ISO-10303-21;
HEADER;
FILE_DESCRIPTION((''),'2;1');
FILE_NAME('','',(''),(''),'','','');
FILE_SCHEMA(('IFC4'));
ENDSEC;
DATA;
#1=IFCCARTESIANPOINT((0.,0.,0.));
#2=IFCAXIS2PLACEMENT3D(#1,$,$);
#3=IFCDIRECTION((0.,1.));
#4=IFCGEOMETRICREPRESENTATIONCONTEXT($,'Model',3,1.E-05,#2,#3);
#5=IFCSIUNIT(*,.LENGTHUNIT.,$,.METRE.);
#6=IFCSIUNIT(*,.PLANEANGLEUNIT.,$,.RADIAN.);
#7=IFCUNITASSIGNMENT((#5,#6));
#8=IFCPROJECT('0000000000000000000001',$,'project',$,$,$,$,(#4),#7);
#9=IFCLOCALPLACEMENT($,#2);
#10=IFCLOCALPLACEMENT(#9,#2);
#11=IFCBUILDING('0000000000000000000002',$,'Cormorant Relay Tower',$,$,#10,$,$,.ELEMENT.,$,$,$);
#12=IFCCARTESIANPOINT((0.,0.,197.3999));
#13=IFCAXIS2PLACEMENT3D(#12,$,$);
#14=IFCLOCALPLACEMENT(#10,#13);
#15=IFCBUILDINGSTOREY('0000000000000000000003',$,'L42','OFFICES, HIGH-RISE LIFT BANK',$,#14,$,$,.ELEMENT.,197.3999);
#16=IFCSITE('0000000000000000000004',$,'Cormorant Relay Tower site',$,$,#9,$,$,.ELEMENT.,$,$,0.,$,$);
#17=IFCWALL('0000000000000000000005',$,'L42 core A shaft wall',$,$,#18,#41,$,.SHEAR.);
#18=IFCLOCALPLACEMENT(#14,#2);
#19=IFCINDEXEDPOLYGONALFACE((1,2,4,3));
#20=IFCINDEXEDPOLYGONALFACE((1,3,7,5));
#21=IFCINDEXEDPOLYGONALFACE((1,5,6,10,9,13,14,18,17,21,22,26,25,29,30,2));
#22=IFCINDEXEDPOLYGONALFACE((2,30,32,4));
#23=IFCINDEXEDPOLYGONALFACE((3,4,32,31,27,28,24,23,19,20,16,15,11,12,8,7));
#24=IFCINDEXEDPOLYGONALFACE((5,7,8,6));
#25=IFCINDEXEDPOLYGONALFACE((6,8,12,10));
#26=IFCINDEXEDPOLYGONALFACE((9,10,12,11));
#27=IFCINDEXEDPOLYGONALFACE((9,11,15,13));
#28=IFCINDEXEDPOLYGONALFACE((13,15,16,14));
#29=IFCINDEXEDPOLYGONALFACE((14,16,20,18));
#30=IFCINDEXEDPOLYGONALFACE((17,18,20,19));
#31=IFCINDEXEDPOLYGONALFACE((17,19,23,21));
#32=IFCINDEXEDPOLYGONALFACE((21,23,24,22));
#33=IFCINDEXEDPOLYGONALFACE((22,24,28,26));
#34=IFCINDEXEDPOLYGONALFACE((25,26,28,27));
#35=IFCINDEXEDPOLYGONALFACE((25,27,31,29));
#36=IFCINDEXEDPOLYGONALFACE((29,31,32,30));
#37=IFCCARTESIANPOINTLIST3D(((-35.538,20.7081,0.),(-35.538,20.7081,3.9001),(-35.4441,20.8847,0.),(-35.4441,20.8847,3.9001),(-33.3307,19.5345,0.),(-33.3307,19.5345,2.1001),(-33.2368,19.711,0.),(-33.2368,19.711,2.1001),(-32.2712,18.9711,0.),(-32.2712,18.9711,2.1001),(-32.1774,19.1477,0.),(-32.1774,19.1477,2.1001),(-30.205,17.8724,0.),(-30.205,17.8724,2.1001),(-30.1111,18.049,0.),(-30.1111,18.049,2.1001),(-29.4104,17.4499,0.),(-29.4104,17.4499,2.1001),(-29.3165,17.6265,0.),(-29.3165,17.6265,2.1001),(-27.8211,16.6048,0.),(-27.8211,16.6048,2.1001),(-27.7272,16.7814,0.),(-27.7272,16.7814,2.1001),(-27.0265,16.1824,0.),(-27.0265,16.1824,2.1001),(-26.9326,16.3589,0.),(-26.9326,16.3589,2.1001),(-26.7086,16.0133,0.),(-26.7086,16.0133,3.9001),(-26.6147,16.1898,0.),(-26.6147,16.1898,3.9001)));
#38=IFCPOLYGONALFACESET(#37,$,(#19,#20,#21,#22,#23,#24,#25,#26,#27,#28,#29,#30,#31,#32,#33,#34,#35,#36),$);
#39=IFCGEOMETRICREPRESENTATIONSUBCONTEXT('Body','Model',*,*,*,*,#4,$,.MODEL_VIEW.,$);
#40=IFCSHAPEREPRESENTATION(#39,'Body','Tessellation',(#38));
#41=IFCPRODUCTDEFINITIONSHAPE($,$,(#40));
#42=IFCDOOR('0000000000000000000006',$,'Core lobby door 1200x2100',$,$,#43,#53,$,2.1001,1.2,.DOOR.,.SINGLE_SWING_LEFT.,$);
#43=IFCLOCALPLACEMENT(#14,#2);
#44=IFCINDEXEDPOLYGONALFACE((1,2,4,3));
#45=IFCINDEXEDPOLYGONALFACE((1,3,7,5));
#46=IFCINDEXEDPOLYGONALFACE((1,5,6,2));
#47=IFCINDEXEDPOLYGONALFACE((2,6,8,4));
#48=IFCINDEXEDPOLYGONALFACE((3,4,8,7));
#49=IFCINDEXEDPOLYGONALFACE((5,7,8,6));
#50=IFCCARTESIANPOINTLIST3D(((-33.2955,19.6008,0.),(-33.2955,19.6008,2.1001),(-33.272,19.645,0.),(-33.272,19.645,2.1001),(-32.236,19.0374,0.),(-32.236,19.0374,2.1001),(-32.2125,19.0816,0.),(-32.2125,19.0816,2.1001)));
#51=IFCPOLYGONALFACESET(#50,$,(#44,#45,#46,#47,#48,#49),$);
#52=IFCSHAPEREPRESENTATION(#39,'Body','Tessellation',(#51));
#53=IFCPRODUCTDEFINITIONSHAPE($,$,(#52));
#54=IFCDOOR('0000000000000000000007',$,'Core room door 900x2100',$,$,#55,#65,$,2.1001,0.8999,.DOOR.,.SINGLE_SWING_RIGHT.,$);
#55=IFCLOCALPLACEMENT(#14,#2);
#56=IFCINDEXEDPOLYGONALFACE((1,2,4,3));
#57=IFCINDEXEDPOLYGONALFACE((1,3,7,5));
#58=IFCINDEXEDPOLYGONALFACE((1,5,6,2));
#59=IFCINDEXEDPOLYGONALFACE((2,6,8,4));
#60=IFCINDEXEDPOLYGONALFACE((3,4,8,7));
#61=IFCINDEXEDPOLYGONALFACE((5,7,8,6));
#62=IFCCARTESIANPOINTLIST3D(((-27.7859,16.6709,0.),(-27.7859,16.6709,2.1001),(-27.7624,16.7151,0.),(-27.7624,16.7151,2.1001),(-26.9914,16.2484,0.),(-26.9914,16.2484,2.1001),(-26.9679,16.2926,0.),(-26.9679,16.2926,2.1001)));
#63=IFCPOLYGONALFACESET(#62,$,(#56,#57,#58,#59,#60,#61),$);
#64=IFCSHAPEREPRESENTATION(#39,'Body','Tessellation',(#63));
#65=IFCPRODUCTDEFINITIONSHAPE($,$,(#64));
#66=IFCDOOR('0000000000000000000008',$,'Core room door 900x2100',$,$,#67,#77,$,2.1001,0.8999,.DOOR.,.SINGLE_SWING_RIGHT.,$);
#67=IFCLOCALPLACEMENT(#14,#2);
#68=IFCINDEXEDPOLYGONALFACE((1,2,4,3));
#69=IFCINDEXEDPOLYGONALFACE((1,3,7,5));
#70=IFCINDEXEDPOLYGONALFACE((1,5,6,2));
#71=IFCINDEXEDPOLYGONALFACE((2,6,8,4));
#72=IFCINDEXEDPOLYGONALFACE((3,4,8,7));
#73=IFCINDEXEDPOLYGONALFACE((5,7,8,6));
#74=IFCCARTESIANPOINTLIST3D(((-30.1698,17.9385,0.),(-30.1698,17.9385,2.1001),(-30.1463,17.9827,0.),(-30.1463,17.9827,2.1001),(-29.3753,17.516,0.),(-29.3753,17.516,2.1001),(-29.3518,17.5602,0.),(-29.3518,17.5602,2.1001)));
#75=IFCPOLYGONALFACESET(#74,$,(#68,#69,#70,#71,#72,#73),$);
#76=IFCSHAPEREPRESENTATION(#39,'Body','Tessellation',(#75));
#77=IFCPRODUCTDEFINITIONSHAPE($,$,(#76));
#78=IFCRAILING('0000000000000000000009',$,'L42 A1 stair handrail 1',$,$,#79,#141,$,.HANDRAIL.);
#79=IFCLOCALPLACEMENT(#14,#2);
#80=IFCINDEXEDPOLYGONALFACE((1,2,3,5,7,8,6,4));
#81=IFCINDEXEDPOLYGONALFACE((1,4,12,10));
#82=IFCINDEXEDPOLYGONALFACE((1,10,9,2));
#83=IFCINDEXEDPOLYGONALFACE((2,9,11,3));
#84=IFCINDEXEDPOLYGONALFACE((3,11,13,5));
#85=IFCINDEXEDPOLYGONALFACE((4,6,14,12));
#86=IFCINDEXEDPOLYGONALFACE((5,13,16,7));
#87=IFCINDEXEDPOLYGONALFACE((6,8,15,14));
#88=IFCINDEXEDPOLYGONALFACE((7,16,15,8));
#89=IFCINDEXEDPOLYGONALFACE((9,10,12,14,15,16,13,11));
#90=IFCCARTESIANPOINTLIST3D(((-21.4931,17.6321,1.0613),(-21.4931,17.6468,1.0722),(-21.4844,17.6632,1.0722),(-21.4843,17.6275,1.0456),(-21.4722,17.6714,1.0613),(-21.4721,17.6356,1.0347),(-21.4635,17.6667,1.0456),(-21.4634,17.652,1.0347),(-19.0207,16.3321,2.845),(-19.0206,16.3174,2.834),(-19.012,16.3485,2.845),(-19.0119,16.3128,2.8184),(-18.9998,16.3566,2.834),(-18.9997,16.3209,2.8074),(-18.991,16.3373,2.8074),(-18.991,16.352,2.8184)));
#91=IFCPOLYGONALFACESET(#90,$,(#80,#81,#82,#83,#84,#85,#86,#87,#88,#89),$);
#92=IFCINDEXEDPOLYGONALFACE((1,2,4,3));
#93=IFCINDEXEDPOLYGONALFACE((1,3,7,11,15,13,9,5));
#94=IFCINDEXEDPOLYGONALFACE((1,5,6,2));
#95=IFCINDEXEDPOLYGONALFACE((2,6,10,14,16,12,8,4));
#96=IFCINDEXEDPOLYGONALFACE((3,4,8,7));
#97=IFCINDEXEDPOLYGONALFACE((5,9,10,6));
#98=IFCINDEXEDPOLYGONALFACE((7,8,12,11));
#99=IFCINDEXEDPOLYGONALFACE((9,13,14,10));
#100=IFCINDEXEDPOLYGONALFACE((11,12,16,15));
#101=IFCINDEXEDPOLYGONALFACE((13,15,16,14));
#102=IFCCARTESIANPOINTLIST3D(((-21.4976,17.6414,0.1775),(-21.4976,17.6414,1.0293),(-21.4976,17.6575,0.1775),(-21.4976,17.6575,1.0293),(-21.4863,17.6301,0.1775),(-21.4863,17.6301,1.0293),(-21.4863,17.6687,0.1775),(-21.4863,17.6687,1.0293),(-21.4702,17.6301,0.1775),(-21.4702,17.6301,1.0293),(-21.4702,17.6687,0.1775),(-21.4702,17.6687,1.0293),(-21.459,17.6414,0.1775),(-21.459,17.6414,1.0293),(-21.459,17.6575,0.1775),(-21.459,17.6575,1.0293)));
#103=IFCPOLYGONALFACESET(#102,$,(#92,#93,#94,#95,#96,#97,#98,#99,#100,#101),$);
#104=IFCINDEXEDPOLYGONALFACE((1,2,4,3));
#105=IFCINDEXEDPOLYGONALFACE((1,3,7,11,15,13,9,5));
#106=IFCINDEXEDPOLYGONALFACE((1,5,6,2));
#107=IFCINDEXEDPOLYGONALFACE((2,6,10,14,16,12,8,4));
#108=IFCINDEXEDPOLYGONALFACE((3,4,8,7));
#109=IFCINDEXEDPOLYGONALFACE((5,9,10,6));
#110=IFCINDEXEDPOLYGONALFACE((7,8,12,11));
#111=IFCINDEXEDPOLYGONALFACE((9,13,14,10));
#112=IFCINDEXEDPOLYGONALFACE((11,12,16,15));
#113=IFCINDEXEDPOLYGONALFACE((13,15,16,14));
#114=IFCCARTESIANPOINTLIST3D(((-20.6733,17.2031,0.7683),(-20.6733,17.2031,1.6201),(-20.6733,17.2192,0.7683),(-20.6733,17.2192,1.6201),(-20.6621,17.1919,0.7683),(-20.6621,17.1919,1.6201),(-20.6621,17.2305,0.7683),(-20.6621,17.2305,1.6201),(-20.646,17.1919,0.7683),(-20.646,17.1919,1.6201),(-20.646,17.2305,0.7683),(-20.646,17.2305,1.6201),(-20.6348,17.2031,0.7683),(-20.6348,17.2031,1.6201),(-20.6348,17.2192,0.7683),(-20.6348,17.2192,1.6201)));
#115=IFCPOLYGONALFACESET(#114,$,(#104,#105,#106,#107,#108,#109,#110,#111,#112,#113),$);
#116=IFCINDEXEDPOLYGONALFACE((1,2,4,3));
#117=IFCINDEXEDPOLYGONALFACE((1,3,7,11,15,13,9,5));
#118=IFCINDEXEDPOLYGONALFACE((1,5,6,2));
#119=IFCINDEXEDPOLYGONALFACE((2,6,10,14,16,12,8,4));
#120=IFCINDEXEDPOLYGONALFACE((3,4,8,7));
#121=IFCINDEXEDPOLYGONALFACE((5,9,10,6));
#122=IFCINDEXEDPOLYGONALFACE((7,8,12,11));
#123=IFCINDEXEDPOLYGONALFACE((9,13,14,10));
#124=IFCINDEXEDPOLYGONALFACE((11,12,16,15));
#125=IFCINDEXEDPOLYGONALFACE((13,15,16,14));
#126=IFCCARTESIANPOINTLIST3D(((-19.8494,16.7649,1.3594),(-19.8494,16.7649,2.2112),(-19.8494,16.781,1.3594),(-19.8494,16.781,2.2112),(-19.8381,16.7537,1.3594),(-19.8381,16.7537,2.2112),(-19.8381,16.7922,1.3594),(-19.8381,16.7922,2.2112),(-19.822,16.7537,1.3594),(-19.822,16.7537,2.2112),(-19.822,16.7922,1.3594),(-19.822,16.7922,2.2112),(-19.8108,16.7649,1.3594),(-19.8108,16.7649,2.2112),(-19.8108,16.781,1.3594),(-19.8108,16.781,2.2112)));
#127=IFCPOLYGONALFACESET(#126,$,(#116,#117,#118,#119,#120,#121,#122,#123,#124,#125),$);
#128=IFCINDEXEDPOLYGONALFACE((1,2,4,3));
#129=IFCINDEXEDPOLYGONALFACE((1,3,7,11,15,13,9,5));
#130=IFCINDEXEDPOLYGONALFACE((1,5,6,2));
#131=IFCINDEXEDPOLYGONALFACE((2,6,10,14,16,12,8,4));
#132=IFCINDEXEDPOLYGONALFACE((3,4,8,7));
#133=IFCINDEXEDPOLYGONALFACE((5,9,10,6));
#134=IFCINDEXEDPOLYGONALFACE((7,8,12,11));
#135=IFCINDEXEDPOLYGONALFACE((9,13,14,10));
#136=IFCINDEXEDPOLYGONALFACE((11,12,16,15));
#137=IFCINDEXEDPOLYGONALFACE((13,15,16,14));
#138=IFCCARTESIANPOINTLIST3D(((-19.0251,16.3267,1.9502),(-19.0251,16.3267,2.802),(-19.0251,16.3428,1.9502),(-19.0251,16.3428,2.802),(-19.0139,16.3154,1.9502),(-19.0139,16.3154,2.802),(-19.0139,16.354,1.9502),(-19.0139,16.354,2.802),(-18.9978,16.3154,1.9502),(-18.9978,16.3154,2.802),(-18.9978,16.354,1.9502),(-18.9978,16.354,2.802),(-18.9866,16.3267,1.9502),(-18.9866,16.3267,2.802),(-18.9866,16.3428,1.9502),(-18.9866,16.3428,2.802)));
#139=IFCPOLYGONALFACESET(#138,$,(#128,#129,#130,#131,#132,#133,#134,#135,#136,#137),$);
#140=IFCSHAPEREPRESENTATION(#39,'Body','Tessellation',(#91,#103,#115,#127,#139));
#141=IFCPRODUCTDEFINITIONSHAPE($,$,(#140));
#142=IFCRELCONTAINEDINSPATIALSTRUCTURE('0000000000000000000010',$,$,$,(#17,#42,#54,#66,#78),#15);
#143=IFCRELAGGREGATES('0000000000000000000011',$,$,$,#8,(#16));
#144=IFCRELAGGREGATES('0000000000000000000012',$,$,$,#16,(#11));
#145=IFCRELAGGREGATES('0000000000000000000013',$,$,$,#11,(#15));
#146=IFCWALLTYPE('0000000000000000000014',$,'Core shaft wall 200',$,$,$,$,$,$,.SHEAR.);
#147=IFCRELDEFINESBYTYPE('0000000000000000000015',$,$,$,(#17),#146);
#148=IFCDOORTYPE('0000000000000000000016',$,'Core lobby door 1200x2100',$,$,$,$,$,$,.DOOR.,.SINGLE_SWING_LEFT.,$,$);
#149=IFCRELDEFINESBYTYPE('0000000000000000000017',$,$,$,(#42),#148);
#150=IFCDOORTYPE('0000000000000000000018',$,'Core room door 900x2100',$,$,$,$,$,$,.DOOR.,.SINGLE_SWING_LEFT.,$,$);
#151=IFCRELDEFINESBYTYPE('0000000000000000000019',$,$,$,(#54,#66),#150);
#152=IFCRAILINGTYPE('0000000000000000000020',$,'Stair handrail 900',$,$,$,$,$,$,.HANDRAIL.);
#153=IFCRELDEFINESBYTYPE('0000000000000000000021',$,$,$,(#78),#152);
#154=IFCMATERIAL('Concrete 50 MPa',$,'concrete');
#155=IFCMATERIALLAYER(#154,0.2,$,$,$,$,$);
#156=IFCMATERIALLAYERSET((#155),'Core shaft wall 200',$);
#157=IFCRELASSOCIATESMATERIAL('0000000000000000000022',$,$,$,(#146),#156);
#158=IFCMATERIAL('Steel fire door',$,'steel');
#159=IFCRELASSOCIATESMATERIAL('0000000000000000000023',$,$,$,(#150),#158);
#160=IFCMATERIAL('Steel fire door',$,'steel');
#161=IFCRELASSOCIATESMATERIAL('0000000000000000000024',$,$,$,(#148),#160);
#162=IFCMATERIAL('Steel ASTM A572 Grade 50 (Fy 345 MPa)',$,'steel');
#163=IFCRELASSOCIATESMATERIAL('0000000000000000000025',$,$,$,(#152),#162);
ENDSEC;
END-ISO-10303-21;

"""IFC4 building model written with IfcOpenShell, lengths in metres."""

from ifc_helpers import new_model, si_unit, direction, frame, frame_2d, origin, place, context, subcontext, project, spatial, polyline, rectangle, outline, extrude, material, layer, layer_set, type_object, element, fill, save


model = new_model("IFC4")

# Units and contexts
model_context = context("Model", 3, precision=1e-05, world=origin(), true_north=direction((0.0, 1.0)))
body_context = subcontext(model_context, "Body", "Model", "MODEL_VIEW")
ifc_project = project(units=[si_unit("LENGTHUNIT", "METRE"), si_unit("PLANEANGLEUNIT", "RADIAN")], contexts=[model_context])

# Site, building, storey
site_placement = place(None, origin())
site = spatial("IfcSite", under=ifc_project, at=site_placement, Name="Cormorant Relay Tower site", CompositionType="ELEMENT", RefElevation=0.0)
building_placement = place(site_placement, origin())
building = spatial("IfcBuilding", under=site, at=building_placement, Name="Cormorant Relay Tower", CompositionType="ELEMENT")
storey_placement = place(building_placement, frame((0.0, 0.0, 197.3999)))
storey = spatial("IfcBuildingStorey", under=building, at=storey_placement, Name="L42", Description="OFFICES, HIGH-RISE LIFT BANK", CompositionType="ELEMENT", Elevation=197.3999)

# Shared definitions
ifc_material_1 = material(Name="Concrete 50 MPa", Category="concrete")
ifc_layer_1 = layer(ifc_material_1, 0.2)
ifc_layer_set_1 = layer_set([ifc_layer_1], Name="Core shaft wall 200")
wall_type_1 = type_object("IfcWallType", Name="Core shaft wall 200", PredefinedType="SHEAR", material=ifc_layer_set_1)
ifc_material_2 = material(Name="Steel fire door", Category="steel")
door_type_1 = type_object("IfcDoorType", Name="Core room door 900x2100", OperationType="SINGLE_SWING_LEFT", PredefinedType="DOOR", material=ifc_material_2)

# Wall, openings, doors
wall_1_placement = place(storey_placement, frame((-26.6616, 16.1016, 0.0), z_axis=(0.0, 0.0, 1.0), x_axis=(-0.88294, 0.469485, 0.0)))
wall_1 = element("IfcWall", 1, at=wall_1_placement, inside=storey, type_object=wall_type_1, Name="L42 core A shaft wall", PredefinedType="SHEAR", context=body_context, shape_type="SweptSolid", body=[
    extrude(rectangle(XDim=10.0, YDim=0.2, at=frame_2d((5.0, 0.0))), origin(), (0.0, 0.0, 1.0), 3.9001),
])
opening_1_placement = place(wall_1_placement, frame((6.3, 0.0, 0.0)))
opening_1 = element("IfcOpeningElement", 2, at=opening_1_placement, cuts=wall_1, PredefinedType="OPENING", context=body_context, shape_type="SweptSolid", body=[
    extrude(rectangle(XDim=1.2, YDim=2.1001, at=frame_2d((0.6001, 1.05))), frame((0.0, 0.1099, 0.0), z_axis=(0.0, -1.0, 0.0), x_axis=(1.0, 0.0, 0.0)), (0.0, 0.0, 1.0), 0.22),
])
opening_2_placement = place(wall_1_placement, frame((0.3601, 0.0, 0.0)))
opening_2 = element("IfcOpeningElement", 3, at=opening_2_placement, cuts=wall_1, PredefinedType="OPENING", context=body_context, shape_type="SweptSolid", body=[
    extrude(rectangle(XDim=0.8999, YDim=2.1001, at=frame_2d((0.45, 1.05))), frame((0.0, 0.1099, 0.0), z_axis=(0.0, -1.0, 0.0), x_axis=(1.0, 0.0, 0.0)), (0.0, 0.0, 1.0), 0.22),
])
opening_3_placement = place(wall_1_placement, frame((3.0601, 0.0, 0.0)))
opening_3 = element("IfcOpeningElement", 4, at=opening_3_placement, cuts=wall_1, PredefinedType="OPENING", context=body_context, shape_type="SweptSolid", body=[
    extrude(rectangle(XDim=0.8999, YDim=2.1001, at=frame_2d((0.45, 1.05))), frame((0.0, 0.1099, 0.0), z_axis=(0.0, -1.0, 0.0), x_axis=(1.0, 0.0, 0.0)), (0.0, 0.0, 1.0), 0.22),
])
ifc_material_3 = material(Name="Steel fire door", Category="steel")
door_type_2 = type_object("IfcDoorType", Name="Core lobby door 1200x2100", OperationType="SINGLE_SWING_LEFT", PredefinedType="DOOR", material=ifc_material_3)
door_1_placement = place(opening_1_placement, origin())
door_1 = element("IfcDoor", 5, at=door_1_placement, inside=storey, type_object=door_type_2, Name="Core lobby door 1200x2100", OperationType="SINGLE_SWING_LEFT", OverallHeight=2.1001, OverallWidth=1.2, PredefinedType="DOOR", context=body_context, shape_type="SweptSolid", body=[
    extrude(rectangle(XDim=1.2, YDim=2.1001, at=frame_2d((0.6001, 1.05))), frame((0.0, 0.0249, 0.0), z_axis=(0.0, -1.0, 0.0), x_axis=(1.0, 0.0, 0.0)), (0.0, 0.0, 1.0), 0.05),
])
fill(opening_1, door_1)
door_2_placement = place(opening_2_placement, frame((0.8999, 0.0, 0.0), z_axis=(0.0, 0.0, 1.0), x_axis=(-1.0, 0.0, 0.0)))
door_2 = element("IfcDoor", 6, at=door_2_placement, inside=storey, type_object=door_type_1, Name="Core room door 900x2100", OperationType="SINGLE_SWING_RIGHT", OverallHeight=2.1001, OverallWidth=0.8999, PredefinedType="DOOR", context=body_context, shape_type="SweptSolid", body=[
    extrude(rectangle(XDim=0.8999, YDim=2.1001, at=frame_2d((0.45, 1.05))), frame((0.0, 0.0249, 0.0), z_axis=(0.0, -1.0, 0.0), x_axis=(1.0, 0.0, 0.0)), (0.0, 0.0, 1.0), 0.05),
])
fill(opening_2, door_2)
door_3_placement = place(opening_3_placement, frame((0.8999, 0.0, 0.0), z_axis=(0.0, 0.0, 1.0), x_axis=(-1.0, 0.0, 0.0)))
door_3 = element("IfcDoor", 7, at=door_3_placement, inside=storey, type_object=door_type_1, Name="Core room door 900x2100", OperationType="SINGLE_SWING_RIGHT", OverallHeight=2.1001, OverallWidth=0.8999, PredefinedType="DOOR", context=body_context, shape_type="SweptSolid", body=[
    extrude(rectangle(XDim=0.8999, YDim=2.1001, at=frame_2d((0.45, 1.05))), frame((0.0, 0.0249, 0.0), z_axis=(0.0, -1.0, 0.0), x_axis=(1.0, 0.0, 0.0)), (0.0, 0.0, 1.0), 0.05),
])
fill(opening_3, door_3)

# Railing
ifc_material_4 = material(Name="Steel ASTM A572 Grade 50 (Fy 345 MPa)", Category="steel")
railing_type = type_object("IfcRailingType", Name="Stair handrail 900", PredefinedType="HANDRAIL", material=ifc_material_4)
railing_placement = place(storey_placement, frame((-21.4783, 17.6494, 0.1775)))
element("IfcRailing", 8, at=railing_placement, inside=storey, type_object=railing_type, Name="L42 A1 stair handrail 1", PredefinedType="HANDRAIL", context=body_context, shape_type="SweptSolid", body=[
    extrude(outline(polyline([(0.0222, 0.0093), (0.0093, 0.0222), (-0.0093, 0.0222), (-0.0222, 0.0093), (-0.0222, -0.0093), (-0.0093, -0.0222), (0.0093, -0.0222), (0.0222, -0.0093), (0.0222, 0.0093)])), frame((0.0, 0.0, 0.876), z_axis=(0.746012, -0.39669, 0.534886), x_axis=(0.469497, 0.882934, 0.0)), (0.0, 0.0, 1.0), 3.3142),
    extrude(outline(polyline([(0.0193, 0.0081), (0.0081, 0.0193), (-0.0081, 0.0193), (-0.0193, 0.0081), (-0.0193, -0.0081), (-0.0081, -0.0193), (0.0081, -0.0193), (0.0193, -0.0081), (0.0193, 0.0081)])), origin(), (0.0, 0.0, 1.0), 0.8518),
    extrude(outline(polyline([(0.0193, 0.0081), (0.0081, 0.0193), (-0.0081, 0.0193), (-0.0193, 0.0081), (-0.0193, -0.0081), (-0.0081, -0.0193), (0.0081, -0.0193), (0.0193, -0.0081), (0.0193, 0.0081)])), frame((0.8242, -0.4382, 0.5908)), (0.0, 0.0, 1.0), 0.8518),
    extrude(outline(polyline([(0.0193, 0.0081), (0.0081, 0.0193), (-0.0081, 0.0193), (-0.0193, 0.0081), (-0.0193, -0.0081), (-0.0081, -0.0193), (0.0081, -0.0193), (0.0193, -0.0081), (0.0193, 0.0081)])), frame((1.6482, -0.8765, 1.1819)), (0.0, 0.0, 1.0), 0.8518),
    extrude(outline(polyline([(0.0193, 0.0081), (0.0081, 0.0193), (-0.0081, 0.0193), (-0.0193, 0.0081), (-0.0193, -0.0081), (-0.0081, -0.0193), (0.0081, -0.0193), (0.0193, -0.0081), (0.0193, 0.0081)])), frame((2.4724, -1.3147, 1.7727)), (0.0, 0.0, 1.0), 0.8518),
])

save(model, "model.ifc")
